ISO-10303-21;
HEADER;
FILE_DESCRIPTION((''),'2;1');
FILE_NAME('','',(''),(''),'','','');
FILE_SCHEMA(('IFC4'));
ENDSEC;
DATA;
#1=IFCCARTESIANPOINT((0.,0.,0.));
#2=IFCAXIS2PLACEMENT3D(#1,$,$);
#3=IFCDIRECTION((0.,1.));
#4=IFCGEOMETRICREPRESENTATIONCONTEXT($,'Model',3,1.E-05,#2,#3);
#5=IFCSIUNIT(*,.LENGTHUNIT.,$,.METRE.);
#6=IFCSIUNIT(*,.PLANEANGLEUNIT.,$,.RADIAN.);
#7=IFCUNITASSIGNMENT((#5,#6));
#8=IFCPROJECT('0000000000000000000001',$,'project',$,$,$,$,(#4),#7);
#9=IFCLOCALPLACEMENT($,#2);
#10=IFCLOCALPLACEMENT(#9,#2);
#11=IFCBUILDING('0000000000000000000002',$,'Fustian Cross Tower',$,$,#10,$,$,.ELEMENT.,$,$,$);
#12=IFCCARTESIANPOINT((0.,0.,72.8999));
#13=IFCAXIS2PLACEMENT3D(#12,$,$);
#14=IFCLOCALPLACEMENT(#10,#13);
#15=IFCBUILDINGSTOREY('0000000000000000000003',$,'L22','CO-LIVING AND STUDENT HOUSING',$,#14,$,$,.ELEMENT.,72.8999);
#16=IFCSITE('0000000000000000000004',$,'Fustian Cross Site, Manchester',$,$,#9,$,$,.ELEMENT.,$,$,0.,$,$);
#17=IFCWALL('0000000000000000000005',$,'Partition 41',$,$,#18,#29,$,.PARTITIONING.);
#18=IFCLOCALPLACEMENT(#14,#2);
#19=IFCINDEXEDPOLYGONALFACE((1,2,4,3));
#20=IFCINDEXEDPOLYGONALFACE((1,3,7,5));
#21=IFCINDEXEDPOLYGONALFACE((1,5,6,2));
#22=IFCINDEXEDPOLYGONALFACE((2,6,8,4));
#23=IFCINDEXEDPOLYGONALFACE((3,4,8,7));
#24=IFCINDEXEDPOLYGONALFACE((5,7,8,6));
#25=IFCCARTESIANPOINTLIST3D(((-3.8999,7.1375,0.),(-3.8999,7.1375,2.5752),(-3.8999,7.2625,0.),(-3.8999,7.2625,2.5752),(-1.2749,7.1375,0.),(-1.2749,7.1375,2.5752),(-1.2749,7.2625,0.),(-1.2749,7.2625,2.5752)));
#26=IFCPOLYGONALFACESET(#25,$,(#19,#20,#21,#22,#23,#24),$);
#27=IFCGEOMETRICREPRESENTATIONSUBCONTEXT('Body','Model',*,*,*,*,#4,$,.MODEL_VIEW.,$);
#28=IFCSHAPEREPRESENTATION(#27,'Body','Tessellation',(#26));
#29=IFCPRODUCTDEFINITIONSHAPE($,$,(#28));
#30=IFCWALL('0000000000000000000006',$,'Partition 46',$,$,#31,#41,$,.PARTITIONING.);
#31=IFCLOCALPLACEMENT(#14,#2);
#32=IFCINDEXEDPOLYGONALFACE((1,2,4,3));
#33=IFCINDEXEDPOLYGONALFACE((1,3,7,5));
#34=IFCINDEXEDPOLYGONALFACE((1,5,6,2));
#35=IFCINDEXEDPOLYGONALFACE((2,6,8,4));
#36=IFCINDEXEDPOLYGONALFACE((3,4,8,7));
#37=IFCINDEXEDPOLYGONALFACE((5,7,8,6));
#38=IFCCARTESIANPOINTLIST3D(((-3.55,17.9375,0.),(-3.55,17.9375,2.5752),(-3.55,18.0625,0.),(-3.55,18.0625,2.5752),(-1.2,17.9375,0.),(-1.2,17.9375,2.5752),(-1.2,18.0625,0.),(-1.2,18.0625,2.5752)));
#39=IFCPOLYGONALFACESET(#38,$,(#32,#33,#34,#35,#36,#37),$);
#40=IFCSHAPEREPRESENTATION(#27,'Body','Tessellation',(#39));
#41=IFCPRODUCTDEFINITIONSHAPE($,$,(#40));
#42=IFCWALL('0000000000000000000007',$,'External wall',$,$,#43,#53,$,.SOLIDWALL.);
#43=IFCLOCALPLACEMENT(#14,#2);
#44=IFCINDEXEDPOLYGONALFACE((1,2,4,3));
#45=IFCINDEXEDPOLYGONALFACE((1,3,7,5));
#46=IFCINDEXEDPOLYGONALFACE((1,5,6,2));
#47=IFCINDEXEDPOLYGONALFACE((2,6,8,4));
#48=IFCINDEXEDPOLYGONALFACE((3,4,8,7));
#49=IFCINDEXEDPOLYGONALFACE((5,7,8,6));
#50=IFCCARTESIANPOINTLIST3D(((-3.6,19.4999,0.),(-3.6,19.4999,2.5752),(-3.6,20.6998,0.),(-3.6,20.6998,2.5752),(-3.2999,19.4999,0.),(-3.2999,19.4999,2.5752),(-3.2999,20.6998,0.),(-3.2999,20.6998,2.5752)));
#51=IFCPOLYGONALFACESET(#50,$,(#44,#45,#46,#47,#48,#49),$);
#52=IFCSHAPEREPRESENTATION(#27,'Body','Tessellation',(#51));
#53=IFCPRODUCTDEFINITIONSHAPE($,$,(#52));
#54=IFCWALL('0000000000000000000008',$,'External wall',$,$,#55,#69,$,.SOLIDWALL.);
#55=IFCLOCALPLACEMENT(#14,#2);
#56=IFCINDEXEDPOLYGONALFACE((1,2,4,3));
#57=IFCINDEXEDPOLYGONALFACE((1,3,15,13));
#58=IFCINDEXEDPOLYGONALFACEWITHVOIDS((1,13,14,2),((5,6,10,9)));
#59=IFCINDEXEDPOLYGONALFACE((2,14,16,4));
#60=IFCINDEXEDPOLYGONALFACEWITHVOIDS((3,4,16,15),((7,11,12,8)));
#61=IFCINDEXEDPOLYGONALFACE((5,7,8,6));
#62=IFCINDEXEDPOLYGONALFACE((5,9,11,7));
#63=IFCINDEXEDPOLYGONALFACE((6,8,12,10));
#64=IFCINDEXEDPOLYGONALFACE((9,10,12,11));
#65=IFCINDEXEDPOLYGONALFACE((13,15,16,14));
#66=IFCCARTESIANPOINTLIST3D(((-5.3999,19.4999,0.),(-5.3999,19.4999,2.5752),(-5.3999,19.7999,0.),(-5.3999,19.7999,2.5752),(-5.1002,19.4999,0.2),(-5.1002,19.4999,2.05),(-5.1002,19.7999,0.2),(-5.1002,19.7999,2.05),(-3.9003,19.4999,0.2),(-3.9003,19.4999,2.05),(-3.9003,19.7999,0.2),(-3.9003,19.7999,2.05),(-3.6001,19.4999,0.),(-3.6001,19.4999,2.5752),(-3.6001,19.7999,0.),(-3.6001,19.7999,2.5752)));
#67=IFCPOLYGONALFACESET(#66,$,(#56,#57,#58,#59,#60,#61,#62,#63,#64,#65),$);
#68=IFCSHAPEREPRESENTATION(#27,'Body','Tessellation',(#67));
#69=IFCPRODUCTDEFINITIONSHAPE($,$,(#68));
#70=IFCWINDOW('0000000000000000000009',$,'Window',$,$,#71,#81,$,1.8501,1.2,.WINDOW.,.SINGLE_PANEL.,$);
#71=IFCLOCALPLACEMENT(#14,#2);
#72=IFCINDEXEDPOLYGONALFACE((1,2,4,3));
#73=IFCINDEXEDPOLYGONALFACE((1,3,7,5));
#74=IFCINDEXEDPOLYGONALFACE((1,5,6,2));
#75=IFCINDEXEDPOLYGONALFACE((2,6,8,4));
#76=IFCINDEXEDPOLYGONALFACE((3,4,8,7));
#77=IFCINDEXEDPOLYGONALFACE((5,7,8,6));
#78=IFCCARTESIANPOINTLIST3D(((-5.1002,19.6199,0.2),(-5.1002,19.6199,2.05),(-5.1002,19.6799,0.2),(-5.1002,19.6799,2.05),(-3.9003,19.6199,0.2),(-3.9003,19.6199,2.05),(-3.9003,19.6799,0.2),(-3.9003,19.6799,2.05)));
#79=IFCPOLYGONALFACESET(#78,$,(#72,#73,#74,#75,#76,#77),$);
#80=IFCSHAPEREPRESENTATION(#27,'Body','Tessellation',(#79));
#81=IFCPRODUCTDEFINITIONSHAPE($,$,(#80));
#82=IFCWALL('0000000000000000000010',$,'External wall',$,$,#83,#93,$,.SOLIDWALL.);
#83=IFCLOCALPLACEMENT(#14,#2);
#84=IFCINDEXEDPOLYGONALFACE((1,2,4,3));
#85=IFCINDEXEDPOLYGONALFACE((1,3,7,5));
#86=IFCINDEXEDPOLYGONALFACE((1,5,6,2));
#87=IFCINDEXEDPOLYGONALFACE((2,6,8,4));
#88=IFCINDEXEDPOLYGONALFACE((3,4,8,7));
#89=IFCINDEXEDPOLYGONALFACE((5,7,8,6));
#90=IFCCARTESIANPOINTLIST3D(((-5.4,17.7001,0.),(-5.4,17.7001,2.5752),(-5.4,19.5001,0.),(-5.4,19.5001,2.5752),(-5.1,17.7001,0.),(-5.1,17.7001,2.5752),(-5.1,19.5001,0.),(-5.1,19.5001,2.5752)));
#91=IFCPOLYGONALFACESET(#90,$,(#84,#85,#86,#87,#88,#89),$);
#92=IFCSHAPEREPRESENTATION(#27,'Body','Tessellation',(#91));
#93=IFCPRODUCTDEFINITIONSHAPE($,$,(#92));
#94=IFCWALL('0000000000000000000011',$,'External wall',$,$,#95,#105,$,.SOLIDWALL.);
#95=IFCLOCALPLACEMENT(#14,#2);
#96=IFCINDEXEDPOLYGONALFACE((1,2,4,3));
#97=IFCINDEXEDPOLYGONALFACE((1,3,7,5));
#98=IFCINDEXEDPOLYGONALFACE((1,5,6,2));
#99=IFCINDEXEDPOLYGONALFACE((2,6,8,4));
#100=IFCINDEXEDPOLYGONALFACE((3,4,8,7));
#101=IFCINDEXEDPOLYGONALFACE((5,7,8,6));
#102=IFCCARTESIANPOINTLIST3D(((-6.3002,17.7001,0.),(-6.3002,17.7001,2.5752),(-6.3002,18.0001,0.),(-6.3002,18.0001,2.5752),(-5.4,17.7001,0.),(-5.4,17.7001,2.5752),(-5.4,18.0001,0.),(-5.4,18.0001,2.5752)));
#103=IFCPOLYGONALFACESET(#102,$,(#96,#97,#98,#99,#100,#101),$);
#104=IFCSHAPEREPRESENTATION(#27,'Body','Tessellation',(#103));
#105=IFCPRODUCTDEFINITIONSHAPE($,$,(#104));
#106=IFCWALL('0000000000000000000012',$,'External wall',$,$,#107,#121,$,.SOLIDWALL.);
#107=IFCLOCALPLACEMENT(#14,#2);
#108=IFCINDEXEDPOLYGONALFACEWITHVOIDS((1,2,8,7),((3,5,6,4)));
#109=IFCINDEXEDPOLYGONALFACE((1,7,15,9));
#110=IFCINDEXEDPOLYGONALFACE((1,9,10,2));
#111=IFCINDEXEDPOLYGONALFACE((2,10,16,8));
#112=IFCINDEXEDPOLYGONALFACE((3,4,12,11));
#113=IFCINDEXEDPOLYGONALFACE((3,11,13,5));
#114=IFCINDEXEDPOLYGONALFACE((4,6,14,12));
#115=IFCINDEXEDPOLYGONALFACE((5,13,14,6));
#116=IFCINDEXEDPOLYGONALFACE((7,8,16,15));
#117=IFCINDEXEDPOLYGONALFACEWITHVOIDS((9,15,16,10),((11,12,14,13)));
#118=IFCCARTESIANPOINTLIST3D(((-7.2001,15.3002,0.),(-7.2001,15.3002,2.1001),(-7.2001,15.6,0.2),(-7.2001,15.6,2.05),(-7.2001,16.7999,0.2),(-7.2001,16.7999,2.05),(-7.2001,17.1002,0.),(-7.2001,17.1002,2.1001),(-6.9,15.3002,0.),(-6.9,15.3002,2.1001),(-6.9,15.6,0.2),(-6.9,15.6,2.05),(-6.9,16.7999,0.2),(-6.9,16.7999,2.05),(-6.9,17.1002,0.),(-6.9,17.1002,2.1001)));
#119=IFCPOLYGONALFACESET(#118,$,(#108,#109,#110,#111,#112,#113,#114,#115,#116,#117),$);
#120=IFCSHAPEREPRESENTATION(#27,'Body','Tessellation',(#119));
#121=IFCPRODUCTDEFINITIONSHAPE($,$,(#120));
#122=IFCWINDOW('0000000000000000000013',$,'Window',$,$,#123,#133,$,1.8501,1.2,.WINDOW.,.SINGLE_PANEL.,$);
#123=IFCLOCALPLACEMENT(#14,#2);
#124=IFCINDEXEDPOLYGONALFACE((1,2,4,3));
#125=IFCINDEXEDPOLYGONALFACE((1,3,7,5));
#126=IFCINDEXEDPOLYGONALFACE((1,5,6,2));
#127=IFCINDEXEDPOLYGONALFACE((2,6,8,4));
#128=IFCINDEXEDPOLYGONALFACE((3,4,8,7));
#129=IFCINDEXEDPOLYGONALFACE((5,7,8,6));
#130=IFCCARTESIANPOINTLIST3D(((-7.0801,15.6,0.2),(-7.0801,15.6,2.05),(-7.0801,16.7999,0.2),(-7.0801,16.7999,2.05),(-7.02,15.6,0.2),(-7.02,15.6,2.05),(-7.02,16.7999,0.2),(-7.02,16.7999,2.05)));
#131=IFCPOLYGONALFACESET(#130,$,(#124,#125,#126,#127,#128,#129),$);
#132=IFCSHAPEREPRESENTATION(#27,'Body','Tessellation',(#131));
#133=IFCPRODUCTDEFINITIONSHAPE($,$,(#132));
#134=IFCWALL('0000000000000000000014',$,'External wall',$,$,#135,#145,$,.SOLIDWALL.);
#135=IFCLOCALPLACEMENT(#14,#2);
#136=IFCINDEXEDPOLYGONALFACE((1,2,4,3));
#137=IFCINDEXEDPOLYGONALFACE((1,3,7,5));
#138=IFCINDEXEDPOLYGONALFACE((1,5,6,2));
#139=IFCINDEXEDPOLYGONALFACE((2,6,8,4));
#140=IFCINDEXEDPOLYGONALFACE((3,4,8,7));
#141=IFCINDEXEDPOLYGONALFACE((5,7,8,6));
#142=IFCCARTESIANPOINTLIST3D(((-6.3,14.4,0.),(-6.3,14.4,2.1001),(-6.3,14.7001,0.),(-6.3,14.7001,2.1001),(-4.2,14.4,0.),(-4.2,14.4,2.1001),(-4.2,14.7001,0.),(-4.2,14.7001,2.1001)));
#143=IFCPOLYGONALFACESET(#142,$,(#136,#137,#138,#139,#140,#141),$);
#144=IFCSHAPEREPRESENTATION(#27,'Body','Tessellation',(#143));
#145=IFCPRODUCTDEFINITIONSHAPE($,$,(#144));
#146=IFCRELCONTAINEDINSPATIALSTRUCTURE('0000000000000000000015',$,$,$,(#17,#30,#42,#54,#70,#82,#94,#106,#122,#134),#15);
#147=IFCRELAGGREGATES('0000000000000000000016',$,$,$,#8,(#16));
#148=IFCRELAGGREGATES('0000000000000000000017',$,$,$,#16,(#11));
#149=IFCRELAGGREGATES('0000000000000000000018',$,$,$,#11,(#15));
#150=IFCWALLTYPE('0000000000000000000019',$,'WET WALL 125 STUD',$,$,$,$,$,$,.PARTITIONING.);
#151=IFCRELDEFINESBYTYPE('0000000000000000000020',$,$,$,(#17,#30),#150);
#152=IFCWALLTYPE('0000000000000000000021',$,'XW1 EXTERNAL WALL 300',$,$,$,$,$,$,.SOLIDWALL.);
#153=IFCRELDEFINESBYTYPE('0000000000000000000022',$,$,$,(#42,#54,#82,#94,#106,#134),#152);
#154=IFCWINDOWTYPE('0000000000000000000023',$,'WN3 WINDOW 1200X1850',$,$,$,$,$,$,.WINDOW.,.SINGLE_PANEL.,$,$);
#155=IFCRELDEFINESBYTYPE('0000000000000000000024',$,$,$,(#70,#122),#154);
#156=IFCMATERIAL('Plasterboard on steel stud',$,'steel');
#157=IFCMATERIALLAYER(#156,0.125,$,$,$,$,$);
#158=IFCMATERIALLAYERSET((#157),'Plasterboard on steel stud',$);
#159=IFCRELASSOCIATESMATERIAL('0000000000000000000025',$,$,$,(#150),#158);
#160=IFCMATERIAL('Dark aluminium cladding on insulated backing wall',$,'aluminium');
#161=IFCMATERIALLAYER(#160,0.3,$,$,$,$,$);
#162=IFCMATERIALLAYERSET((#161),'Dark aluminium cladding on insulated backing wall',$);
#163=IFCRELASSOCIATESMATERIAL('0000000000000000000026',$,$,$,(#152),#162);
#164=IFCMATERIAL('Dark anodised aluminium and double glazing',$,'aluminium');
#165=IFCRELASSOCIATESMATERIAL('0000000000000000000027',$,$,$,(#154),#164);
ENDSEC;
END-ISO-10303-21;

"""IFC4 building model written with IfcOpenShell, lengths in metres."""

from ifc_helpers import new_model, si_unit, direction, frame, frame_2d, origin, place, context, subcontext, project, spatial, rectangle, extrude, material, layer, layer_set, type_object, element, fill, save


model = new_model("IFC4")

# Units and contexts
model_context = context("Model", 3, precision=1e-05, world=origin(), true_north=direction((0.0, 1.0)))
body_context = subcontext(model_context, "Body", "Model", "MODEL_VIEW")
ifc_project = project(units=[si_unit("LENGTHUNIT", "METRE"), si_unit("PLANEANGLEUNIT", "RADIAN")], contexts=[model_context])

# Site, building, storey
site_placement = place(None, origin())
site = spatial("IfcSite", under=ifc_project, at=site_placement, Name="Fustian Cross Site, Manchester", CompositionType="ELEMENT", RefElevation=0.0)
building_placement = place(site_placement, origin())
building = spatial("IfcBuilding", under=site, at=building_placement, Name="Fustian Cross Tower", CompositionType="ELEMENT")
storey_placement = place(building_placement, frame((0.0, 0.0, 72.8999)))
storey = spatial("IfcBuildingStorey", under=building, at=storey_placement, Name="L22", Description="CO-LIVING AND STUDENT HOUSING", CompositionType="ELEMENT", Elevation=72.8999)

# Walls
ifc_material_1 = material(Name="Plasterboard on steel stud", Category="steel")
ifc_layer_1 = layer(ifc_material_1, 0.125)
ifc_layer_set_1 = layer_set([ifc_layer_1], Name="Plasterboard on steel stud")
wall_type_1 = type_object("IfcWallType", Name="WET WALL 125 STUD", PredefinedType="PARTITIONING", material=ifc_layer_set_1)
wall_1_placement = place(storey_placement, frame((-3.8999, 7.2, 0.0), z_axis=(0.0, 0.0, 1.0), x_axis=(1.0, 0.0, 0.0)))
element("IfcWall", 1, at=wall_1_placement, inside=storey, type_object=wall_type_1, Name="Partition 41", PredefinedType="PARTITIONING", context=body_context, shape_type="SweptSolid", body=[
    extrude(rectangle(XDim=2.625, YDim=0.125, at=frame_2d((1.3125, 0.0))), origin(), (0.0, 0.0, 1.0), 2.5752),
])
wall_2_placement = place(storey_placement, frame((-3.55, 18.0, 0.0), z_axis=(0.0, 0.0, 1.0), x_axis=(1.0, 0.0, 0.0)))
element("IfcWall", 2, at=wall_2_placement, inside=storey, type_object=wall_type_1, Name="Partition 46", PredefinedType="PARTITIONING", context=body_context, shape_type="SweptSolid", body=[
    extrude(rectangle(XDim=2.3501, YDim=0.125, at=frame_2d((1.175, 0.0))), origin(), (0.0, 0.0, 1.0), 2.5752),
])
ifc_material_2 = material(Name="Dark aluminium cladding on insulated backing wall", Category="aluminium")
ifc_layer_2 = layer(ifc_material_2, 0.3)
ifc_layer_set_2 = layer_set([ifc_layer_2], Name="Dark aluminium cladding on insulated backing wall")
wall_type_2 = type_object("IfcWallType", Name="XW1 EXTERNAL WALL 300", PredefinedType="SOLIDWALL", material=ifc_layer_set_2)
wall_3_placement = place(storey_placement, frame((-3.45, 20.7, 0.0), z_axis=(0.0, 0.0, 1.0), x_axis=(0.0, -1.0, 0.0)))
element("IfcWall", 3, at=wall_3_placement, inside=storey, type_object=wall_type_2, Name="External wall", PredefinedType="SOLIDWALL", context=body_context, shape_type="SweptSolid", body=[
    extrude(rectangle(XDim=1.2, YDim=0.3, at=frame_2d((0.6001, 0.0))), origin(), (0.0, 0.0, 1.0), 2.5752),
])

# Wall, opening, window
wall_4_placement = place(storey_placement, frame((-3.6001, 19.6499, 0.0), z_axis=(0.0, 0.0, 1.0), x_axis=(-1.0, 0.0, 0.0)))
wall_4 = element("IfcWall", 4, at=wall_4_placement, inside=storey, type_object=wall_type_2, Name="External wall", PredefinedType="SOLIDWALL", context=body_context, shape_type="SweptSolid", body=[
    extrude(rectangle(XDim=1.7998, YDim=0.3, at=frame_2d((0.8999, 0.0))), origin(), (0.0, 0.0, 1.0), 2.5752),
])
opening_1_placement = place(wall_4_placement, frame((0.3, 0.0, 0.2)))
opening_1 = element("IfcOpeningElement", 5, at=opening_1_placement, cuts=wall_4, PredefinedType="OPENING", context=body_context, shape_type="SweptSolid", body=[
    extrude(rectangle(XDim=1.2, YDim=1.8501, at=frame_2d((0.6001, 0.925))), frame((0.0, 0.1599, 0.0), z_axis=(0.0, -1.0, 0.0), x_axis=(1.0, 0.0, 0.0)), (0.0, 0.0, 1.0), 0.3201),
])
ifc_material_3 = material(Name="Dark anodised aluminium and double glazing", Category="aluminium")
window_type_1 = type_object("IfcWindowType", Name="WN3 WINDOW 1200X1850", PartitioningType="SINGLE_PANEL", PredefinedType="WINDOW", material=ifc_material_3)
window_1_placement = place(opening_1_placement, origin())
window_1 = element("IfcWindow", 6, at=window_1_placement, inside=storey, type_object=window_type_1, Name="Window", OverallHeight=1.8501, OverallWidth=1.2, PartitioningType="SINGLE_PANEL", PredefinedType="WINDOW", context=body_context, shape_type="SweptSolid", body=[
    extrude(rectangle(XDim=1.2, YDim=1.8501, at=frame_2d((0.6001, 0.925))), frame((0.0, 0.03, 0.0), z_axis=(0.0, -1.0, 0.0), x_axis=(1.0, 0.0, 0.0)), (0.0, 0.0, 1.0), 0.0601),
])
fill(opening_1, window_1)

# Walls
wall_5_placement = place(storey_placement, frame((-5.25, 19.5, 0.0), z_axis=(0.0, 0.0, 1.0), x_axis=(0.0, -1.0, 0.0)))
element("IfcWall", 7, at=wall_5_placement, inside=storey, type_object=wall_type_2, Name="External wall", PredefinedType="SOLIDWALL", context=body_context, shape_type="SweptSolid", body=[
    extrude(rectangle(XDim=1.8, YDim=0.3, at=frame_2d((0.8999, 0.0))), origin(), (0.0, 0.0, 1.0), 2.5752),
])
wall_6_placement = place(storey_placement, frame((-5.3999, 17.8501, 0.0), z_axis=(0.0, 0.0, 1.0), x_axis=(-1.0, 0.0, 0.0)))
element("IfcWall", 8, at=wall_6_placement, inside=storey, type_object=wall_type_2, Name="External wall", PredefinedType="SOLIDWALL", context=body_context, shape_type="SweptSolid", body=[
    extrude(rectangle(XDim=0.9001, YDim=0.3, at=frame_2d((0.4502, 0.0))), origin(), (0.0, 0.0, 1.0), 2.5752),
])

# Wall, opening, window
wall_7_placement = place(storey_placement, frame((-7.05, 17.1001, 0.0), z_axis=(0.0, 0.0, 1.0), x_axis=(0.0, -1.0, 0.0)))
wall_7 = element("IfcWall", 9, at=wall_7_placement, inside=storey, type_object=wall_type_2, Name="External wall", PredefinedType="SOLIDWALL", context=body_context, shape_type="SweptSolid", body=[
    extrude(rectangle(XDim=1.8, YDim=0.3, at=frame_2d((0.8999, 0.0))), origin(), (0.0, 0.0, 1.0), 2.1001),
])
opening_2_placement = place(wall_7_placement, frame((0.3, 0.0, 0.2)))
opening_2 = element("IfcOpeningElement", 10, at=opening_2_placement, cuts=wall_7, PredefinedType="OPENING", context=body_context, shape_type="SweptSolid", body=[
    extrude(rectangle(XDim=1.2, YDim=1.8501, at=frame_2d((0.6001, 0.925))), frame((0.0, 0.1599, 0.0), z_axis=(0.0, -1.0, 0.0), x_axis=(1.0, 0.0, 0.0)), (0.0, 0.0, 1.0), 0.3201),
])
window_2_placement = place(opening_2_placement, origin())
window_2 = element("IfcWindow", 11, at=window_2_placement, inside=storey, type_object=window_type_1, Name="Window", OverallHeight=1.8501, OverallWidth=1.2, PartitioningType="SINGLE_PANEL", PredefinedType="WINDOW", context=body_context, shape_type="SweptSolid", body=[
    extrude(rectangle(XDim=1.2, YDim=1.8501, at=frame_2d((0.6001, 0.925))), frame((0.0, 0.03, 0.0), z_axis=(0.0, -1.0, 0.0), x_axis=(1.0, 0.0, 0.0)), (0.0, 0.0, 1.0), 0.0601),
])
fill(opening_2, window_2)

# Wall
wall_8_placement = place(storey_placement, frame((-6.3, 14.55, 0.0), z_axis=(0.0, 0.0, 1.0), x_axis=(1.0, 0.0, 0.0)))
element("IfcWall", 12, at=wall_8_placement, inside=storey, type_object=wall_type_2, Name="External wall", PredefinedType="SOLIDWALL", context=body_context, shape_type="SweptSolid", body=[
    extrude(rectangle(XDim=2.1001, YDim=0.3, at=frame_2d((1.05, 0.0))), origin(), (0.0, 0.0, 1.0), 2.1001),
])

save(model, "model.ifc")
